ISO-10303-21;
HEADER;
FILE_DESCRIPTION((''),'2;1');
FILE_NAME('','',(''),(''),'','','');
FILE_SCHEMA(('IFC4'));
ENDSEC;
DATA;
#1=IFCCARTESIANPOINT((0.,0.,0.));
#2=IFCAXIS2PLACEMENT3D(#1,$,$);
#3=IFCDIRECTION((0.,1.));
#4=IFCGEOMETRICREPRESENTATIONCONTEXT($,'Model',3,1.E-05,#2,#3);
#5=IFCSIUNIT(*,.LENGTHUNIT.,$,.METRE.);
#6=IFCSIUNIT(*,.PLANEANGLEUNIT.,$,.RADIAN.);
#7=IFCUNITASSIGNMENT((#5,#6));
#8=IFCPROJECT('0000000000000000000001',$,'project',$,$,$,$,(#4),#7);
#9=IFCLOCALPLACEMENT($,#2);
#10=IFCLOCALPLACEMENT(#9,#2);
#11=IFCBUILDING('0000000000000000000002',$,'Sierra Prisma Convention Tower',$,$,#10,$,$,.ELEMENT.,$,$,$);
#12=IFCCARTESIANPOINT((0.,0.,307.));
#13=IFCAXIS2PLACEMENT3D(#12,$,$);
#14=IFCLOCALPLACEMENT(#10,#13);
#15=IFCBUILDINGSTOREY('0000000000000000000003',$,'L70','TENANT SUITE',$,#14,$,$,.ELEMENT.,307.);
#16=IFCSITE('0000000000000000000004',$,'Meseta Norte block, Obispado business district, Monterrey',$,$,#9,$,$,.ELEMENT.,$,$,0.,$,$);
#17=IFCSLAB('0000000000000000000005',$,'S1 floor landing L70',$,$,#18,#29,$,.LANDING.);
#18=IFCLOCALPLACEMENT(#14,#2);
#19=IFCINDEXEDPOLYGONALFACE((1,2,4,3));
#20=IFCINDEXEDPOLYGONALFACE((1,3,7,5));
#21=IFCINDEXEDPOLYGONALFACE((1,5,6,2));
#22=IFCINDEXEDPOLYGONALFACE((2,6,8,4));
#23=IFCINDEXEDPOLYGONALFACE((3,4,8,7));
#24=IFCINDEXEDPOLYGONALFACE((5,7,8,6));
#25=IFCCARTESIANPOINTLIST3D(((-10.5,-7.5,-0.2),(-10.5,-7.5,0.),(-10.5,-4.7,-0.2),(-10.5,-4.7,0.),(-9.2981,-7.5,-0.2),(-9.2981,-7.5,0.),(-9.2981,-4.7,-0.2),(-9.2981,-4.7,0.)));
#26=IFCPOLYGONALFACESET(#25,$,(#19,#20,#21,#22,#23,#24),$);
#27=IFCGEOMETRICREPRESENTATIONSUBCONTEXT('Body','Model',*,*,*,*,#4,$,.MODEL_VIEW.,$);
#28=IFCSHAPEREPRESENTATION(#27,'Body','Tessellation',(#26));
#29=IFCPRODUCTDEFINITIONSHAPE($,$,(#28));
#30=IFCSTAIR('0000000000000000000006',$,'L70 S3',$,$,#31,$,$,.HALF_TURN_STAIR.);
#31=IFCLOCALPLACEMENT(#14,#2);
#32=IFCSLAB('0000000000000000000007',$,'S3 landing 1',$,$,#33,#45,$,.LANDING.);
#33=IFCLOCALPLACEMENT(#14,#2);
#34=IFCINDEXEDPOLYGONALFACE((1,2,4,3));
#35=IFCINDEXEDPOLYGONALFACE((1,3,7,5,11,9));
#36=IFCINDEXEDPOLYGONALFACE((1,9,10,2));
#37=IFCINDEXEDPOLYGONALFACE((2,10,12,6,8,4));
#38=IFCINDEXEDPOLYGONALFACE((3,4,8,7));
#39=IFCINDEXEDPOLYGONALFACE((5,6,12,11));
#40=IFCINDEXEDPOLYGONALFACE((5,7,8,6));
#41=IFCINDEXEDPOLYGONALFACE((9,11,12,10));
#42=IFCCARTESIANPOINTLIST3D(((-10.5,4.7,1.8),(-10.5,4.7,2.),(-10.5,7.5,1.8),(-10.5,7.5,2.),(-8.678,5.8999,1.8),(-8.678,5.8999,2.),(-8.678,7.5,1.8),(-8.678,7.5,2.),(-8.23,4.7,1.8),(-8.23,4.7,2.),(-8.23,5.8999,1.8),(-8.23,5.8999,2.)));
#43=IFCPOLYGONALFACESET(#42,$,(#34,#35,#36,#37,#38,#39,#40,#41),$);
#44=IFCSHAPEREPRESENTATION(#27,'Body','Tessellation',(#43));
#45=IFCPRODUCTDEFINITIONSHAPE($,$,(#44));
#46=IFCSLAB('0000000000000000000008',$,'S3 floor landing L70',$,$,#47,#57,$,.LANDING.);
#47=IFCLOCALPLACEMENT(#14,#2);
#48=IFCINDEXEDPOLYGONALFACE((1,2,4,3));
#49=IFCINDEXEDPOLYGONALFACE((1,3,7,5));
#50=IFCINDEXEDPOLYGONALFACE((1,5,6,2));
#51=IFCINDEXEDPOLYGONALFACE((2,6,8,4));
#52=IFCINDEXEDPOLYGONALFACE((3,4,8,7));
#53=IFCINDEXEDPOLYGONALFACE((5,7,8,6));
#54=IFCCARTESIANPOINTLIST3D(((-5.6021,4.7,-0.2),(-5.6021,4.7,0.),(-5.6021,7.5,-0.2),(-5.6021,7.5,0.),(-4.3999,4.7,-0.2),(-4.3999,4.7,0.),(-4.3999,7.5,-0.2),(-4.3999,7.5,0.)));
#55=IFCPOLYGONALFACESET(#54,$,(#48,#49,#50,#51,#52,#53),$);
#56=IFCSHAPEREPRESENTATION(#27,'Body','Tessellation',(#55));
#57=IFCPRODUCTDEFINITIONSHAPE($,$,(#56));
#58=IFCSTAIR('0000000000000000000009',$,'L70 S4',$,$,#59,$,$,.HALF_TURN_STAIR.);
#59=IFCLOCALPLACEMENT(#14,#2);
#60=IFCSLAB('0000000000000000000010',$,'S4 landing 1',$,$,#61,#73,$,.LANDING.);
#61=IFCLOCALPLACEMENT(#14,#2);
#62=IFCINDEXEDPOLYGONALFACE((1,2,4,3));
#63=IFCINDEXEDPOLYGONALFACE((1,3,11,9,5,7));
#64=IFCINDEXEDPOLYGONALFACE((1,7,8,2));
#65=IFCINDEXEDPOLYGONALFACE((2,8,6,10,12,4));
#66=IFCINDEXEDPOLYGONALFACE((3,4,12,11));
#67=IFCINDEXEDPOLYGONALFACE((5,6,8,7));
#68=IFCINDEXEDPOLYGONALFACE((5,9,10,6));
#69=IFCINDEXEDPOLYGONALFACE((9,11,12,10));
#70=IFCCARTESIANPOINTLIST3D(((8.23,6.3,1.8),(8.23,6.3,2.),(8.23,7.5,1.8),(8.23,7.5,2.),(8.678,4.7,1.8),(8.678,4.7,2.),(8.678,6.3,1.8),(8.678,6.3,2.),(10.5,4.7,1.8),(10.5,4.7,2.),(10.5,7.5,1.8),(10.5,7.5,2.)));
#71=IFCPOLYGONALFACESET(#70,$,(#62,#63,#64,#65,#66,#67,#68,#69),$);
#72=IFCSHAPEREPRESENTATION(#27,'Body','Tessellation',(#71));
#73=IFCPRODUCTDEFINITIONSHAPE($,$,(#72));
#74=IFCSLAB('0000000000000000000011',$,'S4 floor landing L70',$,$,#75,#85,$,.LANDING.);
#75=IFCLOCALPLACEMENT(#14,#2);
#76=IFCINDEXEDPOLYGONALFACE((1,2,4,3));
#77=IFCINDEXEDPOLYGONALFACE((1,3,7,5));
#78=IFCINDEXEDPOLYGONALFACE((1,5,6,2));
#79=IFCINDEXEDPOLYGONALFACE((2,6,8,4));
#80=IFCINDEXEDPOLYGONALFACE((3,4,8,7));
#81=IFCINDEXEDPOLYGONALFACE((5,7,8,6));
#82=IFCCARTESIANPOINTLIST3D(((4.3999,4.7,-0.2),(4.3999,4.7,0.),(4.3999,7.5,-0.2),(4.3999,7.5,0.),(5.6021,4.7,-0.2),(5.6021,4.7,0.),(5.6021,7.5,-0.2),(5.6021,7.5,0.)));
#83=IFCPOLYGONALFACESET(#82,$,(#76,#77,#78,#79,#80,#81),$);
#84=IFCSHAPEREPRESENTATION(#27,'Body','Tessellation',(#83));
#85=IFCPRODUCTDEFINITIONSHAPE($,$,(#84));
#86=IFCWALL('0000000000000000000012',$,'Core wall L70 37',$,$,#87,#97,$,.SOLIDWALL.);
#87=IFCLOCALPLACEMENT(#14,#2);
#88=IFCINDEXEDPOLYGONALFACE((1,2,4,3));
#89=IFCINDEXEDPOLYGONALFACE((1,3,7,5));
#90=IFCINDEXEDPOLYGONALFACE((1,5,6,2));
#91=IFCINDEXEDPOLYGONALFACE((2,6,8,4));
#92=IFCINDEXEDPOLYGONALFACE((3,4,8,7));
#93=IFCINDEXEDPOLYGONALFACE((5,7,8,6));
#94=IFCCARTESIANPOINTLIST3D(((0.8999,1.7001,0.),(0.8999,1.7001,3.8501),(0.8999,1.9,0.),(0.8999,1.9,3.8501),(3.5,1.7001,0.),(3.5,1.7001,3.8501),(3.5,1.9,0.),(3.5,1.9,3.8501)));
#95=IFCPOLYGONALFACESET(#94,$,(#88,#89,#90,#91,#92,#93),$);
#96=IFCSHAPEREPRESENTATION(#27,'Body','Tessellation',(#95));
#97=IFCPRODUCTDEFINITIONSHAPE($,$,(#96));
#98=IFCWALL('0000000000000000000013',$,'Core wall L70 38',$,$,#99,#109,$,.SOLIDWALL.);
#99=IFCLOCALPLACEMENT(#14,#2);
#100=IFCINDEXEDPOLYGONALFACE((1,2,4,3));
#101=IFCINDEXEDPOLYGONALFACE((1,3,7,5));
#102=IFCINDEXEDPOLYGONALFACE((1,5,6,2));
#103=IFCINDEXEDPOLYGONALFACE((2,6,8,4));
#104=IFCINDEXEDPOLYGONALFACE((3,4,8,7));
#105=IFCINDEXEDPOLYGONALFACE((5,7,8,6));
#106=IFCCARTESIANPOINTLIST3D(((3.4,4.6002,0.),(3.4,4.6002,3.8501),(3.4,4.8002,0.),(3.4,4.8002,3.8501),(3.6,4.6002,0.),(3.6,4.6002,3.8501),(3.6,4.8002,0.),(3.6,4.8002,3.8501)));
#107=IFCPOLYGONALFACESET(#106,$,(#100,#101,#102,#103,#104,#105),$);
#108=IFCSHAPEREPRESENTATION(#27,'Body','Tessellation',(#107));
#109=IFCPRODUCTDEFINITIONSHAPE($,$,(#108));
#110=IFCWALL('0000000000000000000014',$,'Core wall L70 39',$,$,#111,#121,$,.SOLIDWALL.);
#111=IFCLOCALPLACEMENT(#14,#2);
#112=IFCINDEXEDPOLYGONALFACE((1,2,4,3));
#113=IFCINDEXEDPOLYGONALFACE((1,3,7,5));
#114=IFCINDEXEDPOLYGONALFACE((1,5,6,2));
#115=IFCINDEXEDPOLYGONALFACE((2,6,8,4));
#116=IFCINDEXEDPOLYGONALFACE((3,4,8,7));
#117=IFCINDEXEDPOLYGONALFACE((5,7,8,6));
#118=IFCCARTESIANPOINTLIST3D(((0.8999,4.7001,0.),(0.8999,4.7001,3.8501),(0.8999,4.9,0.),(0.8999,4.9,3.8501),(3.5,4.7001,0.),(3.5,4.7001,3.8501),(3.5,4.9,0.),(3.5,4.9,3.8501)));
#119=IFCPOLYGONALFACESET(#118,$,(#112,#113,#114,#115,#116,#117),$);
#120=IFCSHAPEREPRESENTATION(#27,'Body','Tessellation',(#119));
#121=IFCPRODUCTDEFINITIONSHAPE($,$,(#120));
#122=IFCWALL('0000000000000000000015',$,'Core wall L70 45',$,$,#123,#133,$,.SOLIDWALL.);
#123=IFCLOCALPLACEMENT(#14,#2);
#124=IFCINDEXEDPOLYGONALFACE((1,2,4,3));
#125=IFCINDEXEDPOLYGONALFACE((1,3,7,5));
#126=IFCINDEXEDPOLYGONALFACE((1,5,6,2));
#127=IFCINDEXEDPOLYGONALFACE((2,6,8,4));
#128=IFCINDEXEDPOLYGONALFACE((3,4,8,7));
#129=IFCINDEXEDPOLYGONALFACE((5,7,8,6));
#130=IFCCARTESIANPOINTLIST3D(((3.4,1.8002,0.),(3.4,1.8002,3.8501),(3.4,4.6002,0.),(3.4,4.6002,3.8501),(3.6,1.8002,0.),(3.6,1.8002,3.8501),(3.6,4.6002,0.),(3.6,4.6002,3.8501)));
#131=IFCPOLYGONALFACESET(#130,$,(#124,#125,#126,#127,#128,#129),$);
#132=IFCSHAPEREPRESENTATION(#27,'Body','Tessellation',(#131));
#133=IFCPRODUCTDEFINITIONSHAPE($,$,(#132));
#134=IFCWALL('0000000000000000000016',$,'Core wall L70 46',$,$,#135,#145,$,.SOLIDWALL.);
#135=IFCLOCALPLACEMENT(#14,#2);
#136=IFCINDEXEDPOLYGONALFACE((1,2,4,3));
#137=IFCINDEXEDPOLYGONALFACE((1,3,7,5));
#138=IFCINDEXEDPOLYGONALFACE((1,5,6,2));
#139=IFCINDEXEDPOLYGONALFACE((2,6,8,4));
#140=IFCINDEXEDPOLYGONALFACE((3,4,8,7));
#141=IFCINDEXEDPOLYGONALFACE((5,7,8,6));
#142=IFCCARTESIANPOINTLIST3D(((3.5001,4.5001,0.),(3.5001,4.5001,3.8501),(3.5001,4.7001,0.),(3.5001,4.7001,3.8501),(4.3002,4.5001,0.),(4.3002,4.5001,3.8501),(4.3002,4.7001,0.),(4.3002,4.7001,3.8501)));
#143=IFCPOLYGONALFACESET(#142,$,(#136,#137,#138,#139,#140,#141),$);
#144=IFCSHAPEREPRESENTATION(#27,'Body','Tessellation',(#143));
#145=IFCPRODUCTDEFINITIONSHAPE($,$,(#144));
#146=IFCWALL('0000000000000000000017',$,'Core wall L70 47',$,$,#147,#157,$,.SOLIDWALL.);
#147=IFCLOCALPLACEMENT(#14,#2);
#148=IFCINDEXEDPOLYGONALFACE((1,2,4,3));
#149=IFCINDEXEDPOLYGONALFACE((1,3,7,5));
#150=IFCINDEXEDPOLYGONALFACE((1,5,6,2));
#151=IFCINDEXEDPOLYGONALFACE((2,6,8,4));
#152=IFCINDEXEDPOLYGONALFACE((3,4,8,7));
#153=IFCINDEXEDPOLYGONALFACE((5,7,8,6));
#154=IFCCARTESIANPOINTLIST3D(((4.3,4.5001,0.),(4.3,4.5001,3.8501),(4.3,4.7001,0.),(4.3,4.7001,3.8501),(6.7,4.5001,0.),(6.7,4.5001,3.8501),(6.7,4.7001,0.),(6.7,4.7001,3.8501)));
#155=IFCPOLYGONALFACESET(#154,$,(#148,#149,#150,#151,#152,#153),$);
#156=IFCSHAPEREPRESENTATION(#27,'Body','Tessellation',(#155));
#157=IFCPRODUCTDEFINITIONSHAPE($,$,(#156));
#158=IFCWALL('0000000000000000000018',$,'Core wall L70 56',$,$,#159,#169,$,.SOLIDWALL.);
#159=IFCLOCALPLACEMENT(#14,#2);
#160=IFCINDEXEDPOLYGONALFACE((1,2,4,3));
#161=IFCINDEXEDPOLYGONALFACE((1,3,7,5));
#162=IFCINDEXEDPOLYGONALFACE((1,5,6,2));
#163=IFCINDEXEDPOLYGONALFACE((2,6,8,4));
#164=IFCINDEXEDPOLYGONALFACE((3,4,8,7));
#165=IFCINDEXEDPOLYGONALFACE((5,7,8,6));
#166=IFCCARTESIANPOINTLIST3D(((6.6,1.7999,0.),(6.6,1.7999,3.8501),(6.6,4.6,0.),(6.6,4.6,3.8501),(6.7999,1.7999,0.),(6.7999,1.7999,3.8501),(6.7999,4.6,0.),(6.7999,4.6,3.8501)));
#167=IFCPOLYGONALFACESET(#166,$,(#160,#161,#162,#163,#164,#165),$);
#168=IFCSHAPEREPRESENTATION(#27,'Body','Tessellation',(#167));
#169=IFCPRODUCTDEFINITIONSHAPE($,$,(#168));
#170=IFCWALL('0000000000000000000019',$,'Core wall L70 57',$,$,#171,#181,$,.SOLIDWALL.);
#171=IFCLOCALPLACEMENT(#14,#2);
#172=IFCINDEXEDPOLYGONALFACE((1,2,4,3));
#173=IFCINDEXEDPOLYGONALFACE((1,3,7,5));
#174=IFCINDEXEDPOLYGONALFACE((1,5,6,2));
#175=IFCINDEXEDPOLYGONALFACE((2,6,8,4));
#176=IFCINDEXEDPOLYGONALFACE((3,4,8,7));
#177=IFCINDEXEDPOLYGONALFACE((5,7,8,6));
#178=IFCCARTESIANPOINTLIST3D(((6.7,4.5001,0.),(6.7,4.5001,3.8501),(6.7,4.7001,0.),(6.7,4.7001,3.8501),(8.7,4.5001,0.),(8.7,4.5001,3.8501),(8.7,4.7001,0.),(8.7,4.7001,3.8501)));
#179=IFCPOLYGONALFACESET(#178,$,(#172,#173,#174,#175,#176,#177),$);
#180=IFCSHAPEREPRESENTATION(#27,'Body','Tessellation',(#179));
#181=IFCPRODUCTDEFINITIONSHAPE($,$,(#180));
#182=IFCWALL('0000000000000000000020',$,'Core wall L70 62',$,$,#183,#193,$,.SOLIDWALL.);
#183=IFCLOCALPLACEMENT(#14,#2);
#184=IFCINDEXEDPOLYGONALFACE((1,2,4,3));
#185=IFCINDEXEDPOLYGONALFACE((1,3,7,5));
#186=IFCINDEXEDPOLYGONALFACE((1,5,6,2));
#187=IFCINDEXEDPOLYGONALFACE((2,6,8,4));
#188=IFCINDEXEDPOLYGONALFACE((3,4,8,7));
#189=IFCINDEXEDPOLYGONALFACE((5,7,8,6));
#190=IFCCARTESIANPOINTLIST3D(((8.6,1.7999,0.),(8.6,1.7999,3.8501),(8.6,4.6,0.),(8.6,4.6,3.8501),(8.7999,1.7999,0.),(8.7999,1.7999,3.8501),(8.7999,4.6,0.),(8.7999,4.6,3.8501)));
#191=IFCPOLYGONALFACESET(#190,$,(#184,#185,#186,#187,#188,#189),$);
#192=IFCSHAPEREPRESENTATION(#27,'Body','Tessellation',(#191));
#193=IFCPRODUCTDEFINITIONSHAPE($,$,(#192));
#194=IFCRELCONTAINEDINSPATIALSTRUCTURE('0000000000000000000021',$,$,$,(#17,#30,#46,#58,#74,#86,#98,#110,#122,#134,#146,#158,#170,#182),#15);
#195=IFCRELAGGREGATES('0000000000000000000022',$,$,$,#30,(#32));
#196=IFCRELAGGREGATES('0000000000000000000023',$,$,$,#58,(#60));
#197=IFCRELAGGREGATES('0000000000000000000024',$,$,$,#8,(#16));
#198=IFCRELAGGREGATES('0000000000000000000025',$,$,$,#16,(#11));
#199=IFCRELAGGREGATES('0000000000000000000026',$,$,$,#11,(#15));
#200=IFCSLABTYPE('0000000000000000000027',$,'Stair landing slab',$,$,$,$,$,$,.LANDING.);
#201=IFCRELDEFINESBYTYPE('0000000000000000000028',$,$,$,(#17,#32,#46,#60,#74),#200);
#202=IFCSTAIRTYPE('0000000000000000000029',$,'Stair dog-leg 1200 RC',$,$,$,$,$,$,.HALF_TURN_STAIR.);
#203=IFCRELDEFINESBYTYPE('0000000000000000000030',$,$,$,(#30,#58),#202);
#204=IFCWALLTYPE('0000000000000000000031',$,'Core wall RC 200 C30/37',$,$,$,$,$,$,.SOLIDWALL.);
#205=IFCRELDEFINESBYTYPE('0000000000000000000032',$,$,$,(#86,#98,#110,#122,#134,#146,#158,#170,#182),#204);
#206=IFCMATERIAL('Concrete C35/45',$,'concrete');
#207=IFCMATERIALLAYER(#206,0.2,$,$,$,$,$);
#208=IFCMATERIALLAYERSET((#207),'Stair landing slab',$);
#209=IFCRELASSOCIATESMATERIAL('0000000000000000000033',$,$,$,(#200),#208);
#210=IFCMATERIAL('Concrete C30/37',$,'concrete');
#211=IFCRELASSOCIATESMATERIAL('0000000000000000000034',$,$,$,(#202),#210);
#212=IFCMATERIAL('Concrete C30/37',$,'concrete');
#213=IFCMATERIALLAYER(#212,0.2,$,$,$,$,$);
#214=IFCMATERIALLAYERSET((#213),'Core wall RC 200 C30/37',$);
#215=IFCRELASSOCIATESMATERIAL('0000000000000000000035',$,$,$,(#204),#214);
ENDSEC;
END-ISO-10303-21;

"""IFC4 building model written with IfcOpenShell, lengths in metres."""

from ifc_helpers import new_model, si_unit, direction, frame, frame_2d, origin, place, context, subcontext, project, spatial, polyline, rectangle, outline, extrude, material, layer, layer_set, type_object, element, aggregate, save


model = new_model("IFC4")

# Units and contexts
model_context = context("Model", 3, precision=1e-05, world=origin(), true_north=direction((0.0, 1.0)))
body_context = subcontext(model_context, "Body", "Model", "MODEL_VIEW")
ifc_project = project(units=[si_unit("LENGTHUNIT", "METRE"), si_unit("PLANEANGLEUNIT", "RADIAN")], contexts=[model_context])

# Site, building, storey
site_placement = place(None, origin())
site = spatial("IfcSite", under=ifc_project, at=site_placement, Name="Meseta Norte block, Obispado business district, Monterrey", CompositionType="ELEMENT", RefElevation=0.0)
building_placement = place(site_placement, origin())
building = spatial("IfcBuilding", under=site, at=building_placement, Name="Sierra Prisma Convention Tower", CompositionType="ELEMENT")
storey_placement = place(building_placement, frame((0.0, 0.0, 307.0)))
storey = spatial("IfcBuildingStorey", under=building, at=storey_placement, Name="L70", Description="TENANT SUITE", CompositionType="ELEMENT", Elevation=307.0)

# Slab
ifc_material_1 = material(Name="Concrete C35/45", Category="concrete")
ifc_layer_1 = layer(ifc_material_1, 0.2)
ifc_layer_set_1 = layer_set([ifc_layer_1], Name="Stair landing slab")
slab_type = type_object("IfcSlabType", Name="Stair landing slab", PredefinedType="LANDING", material=ifc_layer_set_1)
slab_1_placement = place(storey_placement, frame((0.0, 0.0, -0.2)))
element("IfcSlab", 1, at=slab_1_placement, inside=storey, type_object=slab_type, Name="S1 floor landing L70", PredefinedType="LANDING", context=body_context, shape_type="SweptSolid", body=[
    extrude(outline(polyline([(-10.5, -7.5), (-9.2981, -7.5), (-9.2981, -4.7), (-10.5, -4.7), (-10.5, -7.5)])), origin(), (0.0, 0.0, 1.0), 0.2),
])

# Stair, slab
ifc_material_2 = material(Name="Concrete C30/37", Category="concrete")
stair_type = type_object("IfcStairType", Name="Stair dog-leg 1200 RC", PredefinedType="HALF_TURN_STAIR", material=ifc_material_2)
stair_1_placement = place(storey_placement, origin())
stair_1 = element("IfcStair", 2, at=stair_1_placement, inside=storey, type_object=stair_type, Name="L70 S3", PredefinedType="HALF_TURN_STAIR")
slab_2_placement = place(storey_placement, frame((0.0, 0.0, 1.8)))
slab_2 = element("IfcSlab", 3, at=slab_2_placement, type_object=slab_type, Name="S3 landing 1", PredefinedType="LANDING", context=body_context, shape_type="SweptSolid", body=[
    extrude(outline(polyline([(-8.23, 5.8999), (-8.23, 4.7), (-10.5, 4.7), (-10.5, 7.5), (-8.678, 7.5), (-8.678, 5.8999), (-8.23, 5.8999)])), origin(), (0.0, 0.0, 1.0), 0.2),
])
aggregate(stair_1, [slab_2])

# Slab
slab_3_placement = place(storey_placement, frame((0.0, 0.0, -0.2)))
element("IfcSlab", 4, at=slab_3_placement, inside=storey, type_object=slab_type, Name="S3 floor landing L70", PredefinedType="LANDING", context=body_context, shape_type="SweptSolid", body=[
    extrude(outline(polyline([(-4.3999, 7.5), (-5.6021, 7.5), (-5.6021, 4.7), (-4.3999, 4.7), (-4.3999, 7.5)])), origin(), (0.0, 0.0, 1.0), 0.2),
])

# Stair, slab
stair_2_placement = place(storey_placement, origin())
stair_2 = element("IfcStair", 5, at=stair_2_placement, inside=storey, type_object=stair_type, Name="L70 S4", PredefinedType="HALF_TURN_STAIR")
slab_4_placement = place(storey_placement, frame((0.0, 0.0, 1.8)))
slab_4 = element("IfcSlab", 6, at=slab_4_placement, type_object=slab_type, Name="S4 landing 1", PredefinedType="LANDING", context=body_context, shape_type="SweptSolid", body=[
    extrude(outline(polyline([(10.5, 7.5), (10.5, 4.7), (8.678, 4.7), (8.678, 6.3), (8.23, 6.3), (8.23, 7.5), (10.5, 7.5)])), origin(), (0.0, 0.0, 1.0), 0.2),
])

# Slab
slab_5_placement = place(storey_placement, frame((0.0, 0.0, -0.2)))
element("IfcSlab", 7, at=slab_5_placement, inside=storey, type_object=slab_type, Name="S4 floor landing L70", PredefinedType="LANDING", context=body_context, shape_type="SweptSolid", body=[
    extrude(outline(polyline([(4.3999, 4.7), (5.6021, 4.7), (5.6021, 7.5), (4.3999, 7.5), (4.3999, 4.7)])), origin(), (0.0, 0.0, 1.0), 0.2),
])

# Shared definitions
ifc_material_3 = material(Name="Concrete C30/37", Category="concrete")
ifc_layer_2 = layer(ifc_material_3, 0.2)
ifc_layer_set_2 = layer_set([ifc_layer_2], Name="Core wall RC 200 C30/37")
wall_type = type_object("IfcWallType", Name="Core wall RC 200 C30/37", PredefinedType="SOLIDWALL", material=ifc_layer_set_2)

# Walls
wall_1_placement = place(storey_placement, frame((3.5, 1.8, 0.0), z_axis=(0.0, 0.0, 1.0), x_axis=(-1.0, 0.0, 0.0)))
element("IfcWall", 8, at=wall_1_placement, inside=storey, type_object=wall_type, Name="Core wall L70 37", PredefinedType="SOLIDWALL", context=body_context, shape_type="SweptSolid", body=[
    extrude(rectangle(XDim=2.6001, YDim=0.2, at=frame_2d((1.3, 0.0))), origin(), (0.0, 0.0, 1.0), 3.8501),
])
wall_2_placement = place(storey_placement, frame((3.5, 4.6001, 0.0), z_axis=(0.0, 0.0, 1.0), x_axis=(0.0, 1.0, 0.0)))
element("IfcWall", 9, at=wall_2_placement, inside=storey, type_object=wall_type, Name="Core wall L70 38", PredefinedType="SOLIDWALL", context=body_context, shape_type="SweptSolid", body=[
    extrude(rectangle(XDim=0.2, YDim=0.2, at=frame_2d((0.1001, 0.0))), origin(), (0.0, 0.0, 1.0), 3.8501),
])
wall_3_placement = place(storey_placement, frame((3.5, 4.8, 0.0), z_axis=(0.0, 0.0, 1.0), x_axis=(-1.0, 0.0, 0.0)))
element("IfcWall", 10, at=wall_3_placement, inside=storey, type_object=wall_type, Name="Core wall L70 39", PredefinedType="SOLIDWALL", context=body_context, shape_type="SweptSolid", body=[
    extrude(rectangle(XDim=2.6001, YDim=0.2, at=frame_2d((1.3, 0.0))), origin(), (0.0, 0.0, 1.0), 3.8501),
])

# Walls
wall_4_placement = place(storey_placement, frame((3.5, 4.6001, 0.0), z_axis=(0.0, 0.0, 1.0), x_axis=(0.0, -1.0, 0.0)))
element("IfcWall", 11, at=wall_4_placement, inside=storey, type_object=wall_type, Name="Core wall L70 45", PredefinedType="SOLIDWALL", context=body_context, shape_type="SweptSolid", body=[
    extrude(rectangle(XDim=2.8, YDim=0.2, at=frame_2d((1.3999, 0.0))), origin(), (0.0, 0.0, 1.0), 3.8501),
])
wall_5_placement = place(storey_placement, frame((4.3, 4.6001, 0.0), z_axis=(0.0, 0.0, 1.0), x_axis=(-1.0, 0.0, 0.0)))
element("IfcWall", 12, at=wall_5_placement, inside=storey, type_object=wall_type, Name="Core wall L70 46", PredefinedType="SOLIDWALL", context=body_context, shape_type="SweptSolid", body=[
    extrude(rectangle(XDim=0.8, YDim=0.2, at=frame_2d((0.3999, 0.0))), origin(), (0.0, 0.0, 1.0), 3.8501),
])
wall_6_placement = place(storey_placement, frame((6.7, 4.6001, 0.0), z_axis=(0.0, 0.0, 1.0), x_axis=(-1.0, 0.0, 0.0)))
element("IfcWall", 13, at=wall_6_placement, inside=storey, type_object=wall_type, Name="Core wall L70 47", PredefinedType="SOLIDWALL", context=body_context, shape_type="SweptSolid", body=[
    extrude(rectangle(XDim=2.3999, YDim=0.2, at=frame_2d((1.2, 0.0))), origin(), (0.0, 0.0, 1.0), 3.8501),
])

# Walls
wall_7_placement = place(storey_placement, frame((6.7, 1.8, 0.0), z_axis=(0.0, 0.0, 1.0), x_axis=(0.0, 1.0, 0.0)))
element("IfcWall", 14, at=wall_7_placement, inside=storey, type_object=wall_type, Name="Core wall L70 56", PredefinedType="SOLIDWALL", context=body_context, shape_type="SweptSolid", body=[
    extrude(rectangle(XDim=2.8, YDim=0.2, at=frame_2d((1.3999, 0.0))), origin(), (0.0, 0.0, 1.0), 3.8501),
])
wall_8_placement = place(storey_placement, frame((8.7, 4.6001, 0.0), z_axis=(0.0, 0.0, 1.0), x_axis=(-1.0, 0.0, 0.0)))
element("IfcWall", 15, at=wall_8_placement, inside=storey, type_object=wall_type, Name="Core wall L70 57", PredefinedType="SOLIDWALL", context=body_context, shape_type="SweptSolid", body=[
    extrude(rectangle(XDim=2.0, YDim=0.2, at=frame_2d((1.0, 0.0))), origin(), (0.0, 0.0, 1.0), 3.8501),
])
wall_9_placement = place(storey_placement, frame((8.7, 1.8, 0.0), z_axis=(0.0, 0.0, 1.0), x_axis=(0.0, 1.0, 0.0)))
element("IfcWall", 16, at=wall_9_placement, inside=storey, type_object=wall_type, Name="Core wall L70 62", PredefinedType="SOLIDWALL", context=body_context, shape_type="SweptSolid", body=[
    extrude(rectangle(XDim=2.8, YDim=0.2, at=frame_2d((1.3999, 0.0))), origin(), (0.0, 0.0, 1.0), 3.8501),
])

aggregate(stair_2, [slab_4])

save(model, "model.ifc")
